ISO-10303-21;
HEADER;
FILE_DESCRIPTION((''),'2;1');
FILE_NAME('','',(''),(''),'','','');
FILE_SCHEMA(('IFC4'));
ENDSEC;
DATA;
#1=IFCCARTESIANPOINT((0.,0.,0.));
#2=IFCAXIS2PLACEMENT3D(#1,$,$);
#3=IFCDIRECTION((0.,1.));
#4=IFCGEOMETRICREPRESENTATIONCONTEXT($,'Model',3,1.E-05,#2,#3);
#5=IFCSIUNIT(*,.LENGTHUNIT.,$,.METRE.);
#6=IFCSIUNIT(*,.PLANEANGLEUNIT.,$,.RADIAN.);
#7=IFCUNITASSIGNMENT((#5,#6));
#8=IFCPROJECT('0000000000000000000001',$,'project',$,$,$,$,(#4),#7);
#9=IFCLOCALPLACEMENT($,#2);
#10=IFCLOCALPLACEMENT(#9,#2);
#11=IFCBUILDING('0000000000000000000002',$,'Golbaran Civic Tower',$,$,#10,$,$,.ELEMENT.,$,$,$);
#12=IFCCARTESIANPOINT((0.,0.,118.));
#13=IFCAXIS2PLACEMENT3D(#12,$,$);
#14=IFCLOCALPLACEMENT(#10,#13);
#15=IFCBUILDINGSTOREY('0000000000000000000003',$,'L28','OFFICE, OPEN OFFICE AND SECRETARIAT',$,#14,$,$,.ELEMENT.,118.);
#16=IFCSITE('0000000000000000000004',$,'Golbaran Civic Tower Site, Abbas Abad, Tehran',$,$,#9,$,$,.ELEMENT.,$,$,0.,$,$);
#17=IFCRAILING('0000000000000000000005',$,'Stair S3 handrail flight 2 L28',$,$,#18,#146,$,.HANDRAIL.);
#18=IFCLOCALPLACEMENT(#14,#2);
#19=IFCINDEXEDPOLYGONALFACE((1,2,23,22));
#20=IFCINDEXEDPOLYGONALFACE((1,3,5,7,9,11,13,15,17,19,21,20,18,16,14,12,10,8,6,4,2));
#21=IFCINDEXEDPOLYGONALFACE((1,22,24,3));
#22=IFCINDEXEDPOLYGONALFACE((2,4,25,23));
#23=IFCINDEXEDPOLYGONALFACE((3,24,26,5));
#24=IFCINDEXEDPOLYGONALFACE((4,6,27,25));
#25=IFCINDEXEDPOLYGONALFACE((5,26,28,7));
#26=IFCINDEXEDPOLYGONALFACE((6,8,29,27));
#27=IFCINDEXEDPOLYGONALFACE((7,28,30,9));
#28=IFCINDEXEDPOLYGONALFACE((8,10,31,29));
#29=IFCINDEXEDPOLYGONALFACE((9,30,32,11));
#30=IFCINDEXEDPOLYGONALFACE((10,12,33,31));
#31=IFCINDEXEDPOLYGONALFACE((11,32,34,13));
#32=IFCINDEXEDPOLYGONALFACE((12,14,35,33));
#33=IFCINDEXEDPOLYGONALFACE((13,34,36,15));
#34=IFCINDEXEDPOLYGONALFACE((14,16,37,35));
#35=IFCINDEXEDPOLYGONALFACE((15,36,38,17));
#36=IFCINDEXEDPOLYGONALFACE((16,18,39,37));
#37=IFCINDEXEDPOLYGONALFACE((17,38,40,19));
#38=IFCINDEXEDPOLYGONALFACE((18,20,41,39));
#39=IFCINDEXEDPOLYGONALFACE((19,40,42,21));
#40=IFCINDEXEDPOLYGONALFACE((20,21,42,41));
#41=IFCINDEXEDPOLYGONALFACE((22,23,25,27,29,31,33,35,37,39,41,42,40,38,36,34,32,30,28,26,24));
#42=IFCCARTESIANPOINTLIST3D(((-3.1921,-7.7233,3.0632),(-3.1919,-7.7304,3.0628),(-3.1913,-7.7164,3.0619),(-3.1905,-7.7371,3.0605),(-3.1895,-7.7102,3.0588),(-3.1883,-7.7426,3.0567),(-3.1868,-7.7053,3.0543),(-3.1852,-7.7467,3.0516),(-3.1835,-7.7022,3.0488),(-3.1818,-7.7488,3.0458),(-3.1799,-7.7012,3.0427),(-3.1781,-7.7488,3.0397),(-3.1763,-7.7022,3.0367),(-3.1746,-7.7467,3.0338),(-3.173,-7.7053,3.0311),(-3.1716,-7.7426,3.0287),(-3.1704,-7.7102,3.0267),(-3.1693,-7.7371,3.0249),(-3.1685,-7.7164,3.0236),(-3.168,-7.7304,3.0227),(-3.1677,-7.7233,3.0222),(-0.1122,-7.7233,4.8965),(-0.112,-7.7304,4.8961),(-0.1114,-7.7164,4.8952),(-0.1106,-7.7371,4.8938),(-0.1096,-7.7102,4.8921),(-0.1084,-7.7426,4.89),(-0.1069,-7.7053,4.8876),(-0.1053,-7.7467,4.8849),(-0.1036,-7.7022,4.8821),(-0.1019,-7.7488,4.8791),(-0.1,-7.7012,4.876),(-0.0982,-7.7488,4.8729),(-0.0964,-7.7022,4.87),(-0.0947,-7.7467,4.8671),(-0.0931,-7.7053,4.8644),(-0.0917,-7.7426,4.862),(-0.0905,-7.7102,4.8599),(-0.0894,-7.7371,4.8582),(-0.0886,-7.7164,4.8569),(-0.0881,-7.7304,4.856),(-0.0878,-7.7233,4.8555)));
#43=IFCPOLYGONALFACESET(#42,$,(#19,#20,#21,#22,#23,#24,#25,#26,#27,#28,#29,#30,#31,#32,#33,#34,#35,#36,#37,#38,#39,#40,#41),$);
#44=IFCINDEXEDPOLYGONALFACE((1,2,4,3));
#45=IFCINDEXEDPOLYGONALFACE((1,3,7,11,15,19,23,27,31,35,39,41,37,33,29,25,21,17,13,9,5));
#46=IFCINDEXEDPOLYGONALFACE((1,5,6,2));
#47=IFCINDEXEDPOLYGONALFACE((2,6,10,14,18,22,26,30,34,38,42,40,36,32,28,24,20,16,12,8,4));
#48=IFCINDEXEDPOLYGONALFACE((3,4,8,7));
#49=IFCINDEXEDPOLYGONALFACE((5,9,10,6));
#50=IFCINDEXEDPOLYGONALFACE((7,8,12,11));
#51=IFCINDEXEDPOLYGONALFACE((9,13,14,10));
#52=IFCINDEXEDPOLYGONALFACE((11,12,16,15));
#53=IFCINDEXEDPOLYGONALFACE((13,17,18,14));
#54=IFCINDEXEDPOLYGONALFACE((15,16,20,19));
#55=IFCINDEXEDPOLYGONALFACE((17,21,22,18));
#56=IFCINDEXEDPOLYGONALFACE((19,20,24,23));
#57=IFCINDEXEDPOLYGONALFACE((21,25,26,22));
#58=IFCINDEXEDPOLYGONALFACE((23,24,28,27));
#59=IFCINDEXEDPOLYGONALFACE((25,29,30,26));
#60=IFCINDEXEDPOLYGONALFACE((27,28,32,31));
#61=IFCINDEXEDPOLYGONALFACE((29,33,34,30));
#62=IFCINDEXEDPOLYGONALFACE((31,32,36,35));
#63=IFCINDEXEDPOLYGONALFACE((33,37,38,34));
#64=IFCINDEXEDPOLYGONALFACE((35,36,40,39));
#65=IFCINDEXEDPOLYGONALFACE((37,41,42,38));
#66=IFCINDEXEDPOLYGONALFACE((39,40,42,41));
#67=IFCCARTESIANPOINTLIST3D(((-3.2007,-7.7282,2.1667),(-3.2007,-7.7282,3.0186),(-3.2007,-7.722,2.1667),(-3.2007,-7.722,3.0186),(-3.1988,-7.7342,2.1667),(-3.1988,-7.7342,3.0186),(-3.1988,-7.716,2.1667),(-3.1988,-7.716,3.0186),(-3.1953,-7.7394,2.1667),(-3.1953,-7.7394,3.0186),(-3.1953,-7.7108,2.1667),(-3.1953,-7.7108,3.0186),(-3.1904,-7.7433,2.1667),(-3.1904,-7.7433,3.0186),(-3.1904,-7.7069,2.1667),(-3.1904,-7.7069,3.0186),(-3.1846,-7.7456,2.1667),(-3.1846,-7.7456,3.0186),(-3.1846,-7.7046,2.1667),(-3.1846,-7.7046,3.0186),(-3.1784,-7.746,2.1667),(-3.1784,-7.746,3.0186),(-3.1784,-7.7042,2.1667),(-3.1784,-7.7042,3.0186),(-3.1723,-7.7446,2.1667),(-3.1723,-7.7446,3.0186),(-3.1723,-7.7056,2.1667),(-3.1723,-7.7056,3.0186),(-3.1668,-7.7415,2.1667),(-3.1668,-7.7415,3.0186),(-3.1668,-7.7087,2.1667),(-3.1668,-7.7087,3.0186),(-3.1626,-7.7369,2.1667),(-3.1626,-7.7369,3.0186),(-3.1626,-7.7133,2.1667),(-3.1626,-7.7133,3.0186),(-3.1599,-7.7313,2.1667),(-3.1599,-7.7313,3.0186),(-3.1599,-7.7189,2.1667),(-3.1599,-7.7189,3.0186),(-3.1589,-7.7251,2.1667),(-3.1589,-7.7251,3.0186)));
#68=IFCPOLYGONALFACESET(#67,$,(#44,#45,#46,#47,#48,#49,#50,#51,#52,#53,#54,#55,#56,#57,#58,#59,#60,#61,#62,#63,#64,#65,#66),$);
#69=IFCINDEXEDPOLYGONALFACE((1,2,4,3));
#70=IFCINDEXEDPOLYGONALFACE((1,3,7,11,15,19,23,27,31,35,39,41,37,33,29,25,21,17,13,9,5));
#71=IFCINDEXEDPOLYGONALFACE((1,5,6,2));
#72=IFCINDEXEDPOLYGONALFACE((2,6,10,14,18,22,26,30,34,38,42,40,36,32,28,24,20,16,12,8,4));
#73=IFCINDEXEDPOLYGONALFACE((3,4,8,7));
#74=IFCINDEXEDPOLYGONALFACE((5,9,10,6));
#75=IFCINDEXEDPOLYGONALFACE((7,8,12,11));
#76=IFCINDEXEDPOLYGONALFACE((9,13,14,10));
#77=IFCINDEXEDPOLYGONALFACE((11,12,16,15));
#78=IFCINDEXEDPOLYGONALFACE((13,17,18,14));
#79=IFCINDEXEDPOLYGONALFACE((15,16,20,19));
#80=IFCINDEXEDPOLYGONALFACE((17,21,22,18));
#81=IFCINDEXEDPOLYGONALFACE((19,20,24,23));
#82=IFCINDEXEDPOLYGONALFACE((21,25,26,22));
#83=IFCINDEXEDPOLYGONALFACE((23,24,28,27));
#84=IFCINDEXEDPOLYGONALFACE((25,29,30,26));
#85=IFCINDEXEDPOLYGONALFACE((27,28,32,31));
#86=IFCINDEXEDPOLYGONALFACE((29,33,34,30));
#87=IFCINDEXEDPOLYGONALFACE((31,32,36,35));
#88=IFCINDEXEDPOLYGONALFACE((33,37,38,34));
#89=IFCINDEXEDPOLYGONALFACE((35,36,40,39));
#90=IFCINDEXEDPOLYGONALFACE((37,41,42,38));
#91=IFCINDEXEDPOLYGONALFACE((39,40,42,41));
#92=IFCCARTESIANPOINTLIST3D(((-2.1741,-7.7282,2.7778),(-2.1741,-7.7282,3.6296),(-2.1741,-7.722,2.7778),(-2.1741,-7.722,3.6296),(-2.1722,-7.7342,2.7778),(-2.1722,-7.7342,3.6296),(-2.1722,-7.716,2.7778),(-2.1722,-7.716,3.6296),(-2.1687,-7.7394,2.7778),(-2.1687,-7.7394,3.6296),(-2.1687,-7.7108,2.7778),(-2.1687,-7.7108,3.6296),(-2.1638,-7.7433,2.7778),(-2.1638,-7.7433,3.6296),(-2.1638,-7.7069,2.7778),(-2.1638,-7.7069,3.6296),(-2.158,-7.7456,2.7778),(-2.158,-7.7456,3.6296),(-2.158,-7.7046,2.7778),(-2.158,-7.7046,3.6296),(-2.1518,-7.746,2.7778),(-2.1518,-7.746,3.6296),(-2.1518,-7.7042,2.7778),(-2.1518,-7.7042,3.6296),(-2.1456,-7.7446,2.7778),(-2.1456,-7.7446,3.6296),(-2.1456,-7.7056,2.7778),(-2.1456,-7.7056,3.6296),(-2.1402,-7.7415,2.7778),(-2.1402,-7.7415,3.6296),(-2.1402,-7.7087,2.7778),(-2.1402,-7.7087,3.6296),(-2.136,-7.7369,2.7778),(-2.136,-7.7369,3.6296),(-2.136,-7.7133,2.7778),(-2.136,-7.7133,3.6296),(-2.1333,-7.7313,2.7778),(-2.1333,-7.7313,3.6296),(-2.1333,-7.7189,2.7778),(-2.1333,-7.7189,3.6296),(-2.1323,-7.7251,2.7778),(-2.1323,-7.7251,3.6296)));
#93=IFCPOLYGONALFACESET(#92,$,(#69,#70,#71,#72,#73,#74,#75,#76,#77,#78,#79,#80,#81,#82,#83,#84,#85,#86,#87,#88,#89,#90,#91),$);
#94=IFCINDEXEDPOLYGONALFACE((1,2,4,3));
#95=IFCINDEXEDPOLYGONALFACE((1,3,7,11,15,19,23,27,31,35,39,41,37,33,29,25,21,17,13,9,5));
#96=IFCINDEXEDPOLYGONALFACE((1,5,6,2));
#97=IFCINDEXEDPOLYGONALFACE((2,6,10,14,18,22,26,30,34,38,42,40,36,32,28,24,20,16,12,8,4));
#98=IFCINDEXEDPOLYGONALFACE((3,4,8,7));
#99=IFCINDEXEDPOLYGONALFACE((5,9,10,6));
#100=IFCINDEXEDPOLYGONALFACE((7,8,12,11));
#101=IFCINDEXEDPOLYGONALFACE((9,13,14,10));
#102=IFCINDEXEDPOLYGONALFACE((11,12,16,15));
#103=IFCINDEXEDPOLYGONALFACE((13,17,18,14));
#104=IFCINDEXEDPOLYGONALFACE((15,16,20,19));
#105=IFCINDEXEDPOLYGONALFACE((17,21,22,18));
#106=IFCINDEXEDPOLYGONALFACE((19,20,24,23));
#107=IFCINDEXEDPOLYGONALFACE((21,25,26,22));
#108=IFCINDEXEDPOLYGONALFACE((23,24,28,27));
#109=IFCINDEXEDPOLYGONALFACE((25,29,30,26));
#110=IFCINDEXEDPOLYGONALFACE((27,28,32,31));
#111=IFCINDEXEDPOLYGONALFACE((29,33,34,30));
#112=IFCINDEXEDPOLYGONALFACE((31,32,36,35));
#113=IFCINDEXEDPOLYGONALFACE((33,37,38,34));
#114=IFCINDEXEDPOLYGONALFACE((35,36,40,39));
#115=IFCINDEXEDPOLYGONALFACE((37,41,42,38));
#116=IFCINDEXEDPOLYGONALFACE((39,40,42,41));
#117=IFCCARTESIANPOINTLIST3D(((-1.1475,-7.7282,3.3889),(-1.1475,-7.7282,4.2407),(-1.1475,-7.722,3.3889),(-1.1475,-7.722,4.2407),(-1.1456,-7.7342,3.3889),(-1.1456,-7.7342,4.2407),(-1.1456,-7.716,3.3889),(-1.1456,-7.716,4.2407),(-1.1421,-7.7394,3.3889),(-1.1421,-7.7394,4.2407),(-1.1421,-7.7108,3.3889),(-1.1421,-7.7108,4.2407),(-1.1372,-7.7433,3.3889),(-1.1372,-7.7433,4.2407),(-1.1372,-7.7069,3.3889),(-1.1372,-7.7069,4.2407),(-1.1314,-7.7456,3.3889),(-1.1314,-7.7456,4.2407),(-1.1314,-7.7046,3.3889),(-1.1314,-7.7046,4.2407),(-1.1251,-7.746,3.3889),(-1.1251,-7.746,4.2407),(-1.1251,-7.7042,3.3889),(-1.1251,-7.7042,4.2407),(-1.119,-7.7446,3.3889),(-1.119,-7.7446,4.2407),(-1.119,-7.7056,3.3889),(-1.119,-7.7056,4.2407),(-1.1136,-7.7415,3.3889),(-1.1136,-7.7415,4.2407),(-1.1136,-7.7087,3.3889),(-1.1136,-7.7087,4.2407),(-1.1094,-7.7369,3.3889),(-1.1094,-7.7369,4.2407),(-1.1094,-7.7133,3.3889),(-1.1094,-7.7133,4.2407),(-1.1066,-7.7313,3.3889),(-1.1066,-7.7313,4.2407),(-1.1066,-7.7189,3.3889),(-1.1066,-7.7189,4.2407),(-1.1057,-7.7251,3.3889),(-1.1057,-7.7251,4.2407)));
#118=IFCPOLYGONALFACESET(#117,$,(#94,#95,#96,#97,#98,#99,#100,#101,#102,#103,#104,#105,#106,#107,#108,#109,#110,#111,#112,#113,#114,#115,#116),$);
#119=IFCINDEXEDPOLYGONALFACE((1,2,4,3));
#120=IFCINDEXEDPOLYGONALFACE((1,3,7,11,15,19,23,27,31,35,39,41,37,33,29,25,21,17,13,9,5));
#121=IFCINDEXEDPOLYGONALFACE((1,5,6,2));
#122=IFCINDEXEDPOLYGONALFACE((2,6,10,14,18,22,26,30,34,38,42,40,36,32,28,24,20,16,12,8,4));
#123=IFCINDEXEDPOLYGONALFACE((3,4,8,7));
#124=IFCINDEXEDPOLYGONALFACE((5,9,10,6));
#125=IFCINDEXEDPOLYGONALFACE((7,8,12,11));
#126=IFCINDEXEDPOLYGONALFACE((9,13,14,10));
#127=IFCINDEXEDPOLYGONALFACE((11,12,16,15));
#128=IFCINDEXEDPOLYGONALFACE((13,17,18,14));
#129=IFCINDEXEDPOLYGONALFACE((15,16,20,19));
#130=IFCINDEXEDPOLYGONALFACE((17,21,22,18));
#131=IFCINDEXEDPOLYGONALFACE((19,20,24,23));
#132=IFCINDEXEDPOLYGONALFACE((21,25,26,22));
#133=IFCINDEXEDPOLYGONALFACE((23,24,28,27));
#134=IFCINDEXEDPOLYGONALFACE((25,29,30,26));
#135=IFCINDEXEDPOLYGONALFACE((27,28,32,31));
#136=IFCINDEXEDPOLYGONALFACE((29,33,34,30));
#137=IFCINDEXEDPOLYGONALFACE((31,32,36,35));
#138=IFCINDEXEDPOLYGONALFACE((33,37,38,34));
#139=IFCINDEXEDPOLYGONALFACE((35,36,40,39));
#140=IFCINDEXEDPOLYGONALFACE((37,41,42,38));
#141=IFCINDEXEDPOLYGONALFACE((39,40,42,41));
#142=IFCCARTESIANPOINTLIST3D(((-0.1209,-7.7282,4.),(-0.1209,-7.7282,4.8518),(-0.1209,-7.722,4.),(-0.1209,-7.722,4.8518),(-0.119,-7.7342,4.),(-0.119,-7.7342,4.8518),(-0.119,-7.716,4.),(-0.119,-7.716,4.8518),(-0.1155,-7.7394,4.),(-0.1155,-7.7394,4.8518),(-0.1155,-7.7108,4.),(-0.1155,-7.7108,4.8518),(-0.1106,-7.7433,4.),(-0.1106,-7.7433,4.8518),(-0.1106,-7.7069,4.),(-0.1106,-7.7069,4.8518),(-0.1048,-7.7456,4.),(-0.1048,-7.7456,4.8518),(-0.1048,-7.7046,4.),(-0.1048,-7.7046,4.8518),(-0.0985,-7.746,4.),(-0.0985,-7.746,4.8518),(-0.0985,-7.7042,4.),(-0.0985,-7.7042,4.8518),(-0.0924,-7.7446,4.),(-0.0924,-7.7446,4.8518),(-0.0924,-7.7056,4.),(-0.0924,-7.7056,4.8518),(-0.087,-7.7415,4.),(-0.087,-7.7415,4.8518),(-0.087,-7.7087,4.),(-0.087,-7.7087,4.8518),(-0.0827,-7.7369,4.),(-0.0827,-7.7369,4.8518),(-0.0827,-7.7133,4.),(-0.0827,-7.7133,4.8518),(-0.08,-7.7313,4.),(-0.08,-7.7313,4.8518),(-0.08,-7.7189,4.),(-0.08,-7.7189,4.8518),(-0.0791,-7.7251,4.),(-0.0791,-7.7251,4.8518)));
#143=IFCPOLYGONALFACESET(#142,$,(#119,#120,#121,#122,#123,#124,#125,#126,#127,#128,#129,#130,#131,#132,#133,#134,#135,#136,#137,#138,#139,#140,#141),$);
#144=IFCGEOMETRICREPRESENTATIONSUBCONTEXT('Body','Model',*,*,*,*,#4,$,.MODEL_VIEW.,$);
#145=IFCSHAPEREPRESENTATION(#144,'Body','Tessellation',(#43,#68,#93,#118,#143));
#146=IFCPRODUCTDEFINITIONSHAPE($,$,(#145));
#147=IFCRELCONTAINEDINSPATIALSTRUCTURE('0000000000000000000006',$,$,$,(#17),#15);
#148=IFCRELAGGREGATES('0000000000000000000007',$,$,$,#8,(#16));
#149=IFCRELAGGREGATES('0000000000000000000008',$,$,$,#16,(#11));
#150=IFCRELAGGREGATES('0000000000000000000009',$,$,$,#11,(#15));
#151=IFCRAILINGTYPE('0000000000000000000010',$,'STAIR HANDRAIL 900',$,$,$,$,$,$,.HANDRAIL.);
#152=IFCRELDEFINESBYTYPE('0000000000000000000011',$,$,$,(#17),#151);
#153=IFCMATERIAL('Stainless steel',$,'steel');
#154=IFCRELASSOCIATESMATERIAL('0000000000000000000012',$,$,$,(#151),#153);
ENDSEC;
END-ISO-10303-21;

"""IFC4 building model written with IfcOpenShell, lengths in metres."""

from ifc_helpers import new_model, si_unit, direction, frame, origin, origin_2d, place, context, subcontext, project, spatial, circle, extrude, material, type_object, element, save


model = new_model("IFC4")

# Units and contexts
model_context = context("Model", 3, precision=1e-05, world=origin(), true_north=direction((0.0, 1.0)))
body_context = subcontext(model_context, "Body", "Model", "MODEL_VIEW")
ifc_project = project(units=[si_unit("LENGTHUNIT", "METRE"), si_unit("PLANEANGLEUNIT", "RADIAN")], contexts=[model_context])

# Site, building, storey
site_placement = place(None, origin())
site = spatial("IfcSite", under=ifc_project, at=site_placement, Name="Golbaran Civic Tower Site, Abbas Abad, Tehran", CompositionType="ELEMENT", RefElevation=0.0)
building_placement = place(site_placement, origin())
building = spatial("IfcBuilding", under=site, at=building_placement, Name="Golbaran Civic Tower", CompositionType="ELEMENT")
storey_placement = place(building_placement, frame((0.0, 0.0, 118.0)))
storey = spatial("IfcBuildingStorey", under=building, at=storey_placement, Name="L28", Description="OFFICE, OPEN OFFICE AND SECRETARIAT", CompositionType="ELEMENT", Elevation=118.0)

# Shared definitions
ifc_material_1 = material(Name="Stainless steel", Category="steel")

# Railing
railing_type = type_object("IfcRailingType", Name="STAIR HANDRAIL 900", PredefinedType="HANDRAIL", material=ifc_material_1)
railing_1_placement = place(storey_placement, frame((-3.1799, -7.7251, 2.1667)))
element("IfcRailing", 1, at=railing_1_placement, inside=storey, type_object=railing_type, Name="Stair S3 handrail flight 2 L28", PredefinedType="HANDRAIL", context=body_context, shape_type="SweptSolid", body=[
    extrude(circle(Radius=0.0239, at=origin_2d()), frame((0.0, 0.0, 0.876), z_axis=(0.859291, 0.0, 0.511487), x_axis=(0.0, 1.0, 0.0)), (0.0, 0.0, 1.0), 3.5842),
    extrude(circle(Radius=0.021, at=origin_2d()), origin(), (0.0, 0.0, 1.0), 0.8518),
    extrude(circle(Radius=0.021, at=origin_2d()), frame((1.0266, 0.0, 0.6111)), (0.0, 0.0, 1.0), 0.8518),
    extrude(circle(Radius=0.021, at=origin_2d()), frame((2.0532, 0.0, 1.2222)), (0.0, 0.0, 1.0), 0.8518),
    extrude(circle(Radius=0.021, at=origin_2d()), frame((3.0798, 0.0, 1.8333)), (0.0, 0.0, 1.0), 0.8518),
])

save(model, "model.ifc")
